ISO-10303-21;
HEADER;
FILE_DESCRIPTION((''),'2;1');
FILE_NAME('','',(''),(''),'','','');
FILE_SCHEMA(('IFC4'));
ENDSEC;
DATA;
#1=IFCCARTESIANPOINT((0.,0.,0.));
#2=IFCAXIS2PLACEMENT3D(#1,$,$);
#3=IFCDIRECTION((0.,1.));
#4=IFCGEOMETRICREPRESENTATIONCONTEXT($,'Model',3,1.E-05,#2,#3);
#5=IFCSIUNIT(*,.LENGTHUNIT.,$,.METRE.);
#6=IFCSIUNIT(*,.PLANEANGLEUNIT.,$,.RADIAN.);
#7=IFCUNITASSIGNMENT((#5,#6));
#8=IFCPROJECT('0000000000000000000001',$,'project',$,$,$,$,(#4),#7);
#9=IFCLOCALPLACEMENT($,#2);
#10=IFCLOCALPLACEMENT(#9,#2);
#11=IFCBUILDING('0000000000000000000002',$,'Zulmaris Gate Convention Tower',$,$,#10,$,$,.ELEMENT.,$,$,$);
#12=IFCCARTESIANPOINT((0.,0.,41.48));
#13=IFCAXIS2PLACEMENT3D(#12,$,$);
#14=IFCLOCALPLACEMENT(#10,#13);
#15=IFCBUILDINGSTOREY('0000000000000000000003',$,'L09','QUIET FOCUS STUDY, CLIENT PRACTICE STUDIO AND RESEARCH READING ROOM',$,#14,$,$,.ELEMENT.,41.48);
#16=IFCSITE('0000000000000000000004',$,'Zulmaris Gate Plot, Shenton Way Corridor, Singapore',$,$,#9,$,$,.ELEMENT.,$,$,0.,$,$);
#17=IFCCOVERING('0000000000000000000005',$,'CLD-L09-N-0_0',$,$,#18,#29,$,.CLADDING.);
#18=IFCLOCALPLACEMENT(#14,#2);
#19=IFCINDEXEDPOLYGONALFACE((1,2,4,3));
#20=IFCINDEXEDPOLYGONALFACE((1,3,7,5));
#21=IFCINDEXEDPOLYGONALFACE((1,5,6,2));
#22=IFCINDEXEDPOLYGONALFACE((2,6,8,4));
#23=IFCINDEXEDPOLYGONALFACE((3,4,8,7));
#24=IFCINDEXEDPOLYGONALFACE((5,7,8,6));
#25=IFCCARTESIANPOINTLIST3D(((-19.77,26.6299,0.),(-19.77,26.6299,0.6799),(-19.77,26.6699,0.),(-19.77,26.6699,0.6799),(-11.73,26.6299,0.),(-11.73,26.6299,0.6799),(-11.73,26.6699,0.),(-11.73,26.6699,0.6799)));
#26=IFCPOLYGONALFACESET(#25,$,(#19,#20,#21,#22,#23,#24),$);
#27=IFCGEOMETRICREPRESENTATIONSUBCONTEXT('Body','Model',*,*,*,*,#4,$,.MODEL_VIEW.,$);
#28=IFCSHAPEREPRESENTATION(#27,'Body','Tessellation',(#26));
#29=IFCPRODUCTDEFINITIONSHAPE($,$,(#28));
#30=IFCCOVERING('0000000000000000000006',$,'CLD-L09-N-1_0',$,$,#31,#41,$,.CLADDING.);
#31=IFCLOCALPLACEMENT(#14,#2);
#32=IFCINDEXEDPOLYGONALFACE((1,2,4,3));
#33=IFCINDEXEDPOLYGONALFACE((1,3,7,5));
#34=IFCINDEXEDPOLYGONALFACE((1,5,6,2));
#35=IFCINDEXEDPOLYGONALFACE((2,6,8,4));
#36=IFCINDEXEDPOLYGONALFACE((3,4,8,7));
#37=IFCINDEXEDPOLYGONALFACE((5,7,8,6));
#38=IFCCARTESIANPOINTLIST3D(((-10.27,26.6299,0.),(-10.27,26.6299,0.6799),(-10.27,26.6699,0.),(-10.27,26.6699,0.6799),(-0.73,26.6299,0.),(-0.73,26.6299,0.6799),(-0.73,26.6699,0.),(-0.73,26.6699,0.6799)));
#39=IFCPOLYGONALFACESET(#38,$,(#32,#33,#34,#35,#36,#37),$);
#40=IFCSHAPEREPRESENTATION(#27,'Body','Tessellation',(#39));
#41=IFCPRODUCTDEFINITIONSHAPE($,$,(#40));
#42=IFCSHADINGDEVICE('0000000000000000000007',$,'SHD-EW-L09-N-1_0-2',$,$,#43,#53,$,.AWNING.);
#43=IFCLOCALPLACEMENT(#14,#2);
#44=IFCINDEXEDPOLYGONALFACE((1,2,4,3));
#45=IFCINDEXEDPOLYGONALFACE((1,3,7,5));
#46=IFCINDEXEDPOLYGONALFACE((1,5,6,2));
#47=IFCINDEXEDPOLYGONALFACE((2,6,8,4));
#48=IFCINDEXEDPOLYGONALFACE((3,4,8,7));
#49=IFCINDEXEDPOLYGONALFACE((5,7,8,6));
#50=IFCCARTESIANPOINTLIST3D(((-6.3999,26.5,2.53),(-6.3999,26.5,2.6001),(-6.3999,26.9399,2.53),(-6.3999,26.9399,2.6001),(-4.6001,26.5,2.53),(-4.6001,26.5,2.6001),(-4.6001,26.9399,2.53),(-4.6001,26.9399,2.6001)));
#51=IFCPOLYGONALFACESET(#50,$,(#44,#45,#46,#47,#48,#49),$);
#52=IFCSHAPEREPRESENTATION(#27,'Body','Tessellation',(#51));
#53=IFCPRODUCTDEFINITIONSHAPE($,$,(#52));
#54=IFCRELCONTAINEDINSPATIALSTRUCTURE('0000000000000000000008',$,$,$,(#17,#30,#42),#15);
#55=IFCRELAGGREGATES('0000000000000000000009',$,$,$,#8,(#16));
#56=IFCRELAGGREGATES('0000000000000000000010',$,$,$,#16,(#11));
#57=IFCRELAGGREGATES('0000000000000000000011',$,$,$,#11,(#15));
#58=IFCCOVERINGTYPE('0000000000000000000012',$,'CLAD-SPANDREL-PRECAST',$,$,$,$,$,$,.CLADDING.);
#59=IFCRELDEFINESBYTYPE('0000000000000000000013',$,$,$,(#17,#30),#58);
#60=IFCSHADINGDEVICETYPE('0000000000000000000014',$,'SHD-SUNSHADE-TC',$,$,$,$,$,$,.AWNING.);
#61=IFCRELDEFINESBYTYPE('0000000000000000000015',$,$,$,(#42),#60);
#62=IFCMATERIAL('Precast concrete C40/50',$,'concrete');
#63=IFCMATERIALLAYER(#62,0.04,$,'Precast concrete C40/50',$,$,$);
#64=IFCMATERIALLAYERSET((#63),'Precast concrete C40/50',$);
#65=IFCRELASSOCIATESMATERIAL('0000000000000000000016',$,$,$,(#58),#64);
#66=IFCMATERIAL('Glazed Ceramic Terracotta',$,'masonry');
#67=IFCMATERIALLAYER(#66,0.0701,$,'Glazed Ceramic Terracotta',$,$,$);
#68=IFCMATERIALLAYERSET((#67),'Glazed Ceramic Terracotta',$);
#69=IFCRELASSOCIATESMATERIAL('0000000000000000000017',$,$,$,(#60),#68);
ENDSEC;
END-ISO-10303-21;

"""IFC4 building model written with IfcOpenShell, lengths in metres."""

from ifc_helpers import new_model, si_unit, direction, frame, frame_2d, origin, place, context, subcontext, project, spatial, rectangle, extrude, material, layer, layer_set, type_object, element, save


model = new_model("IFC4")

# Units and contexts
model_context = context("Model", 3, precision=1e-05, world=origin(), true_north=direction((0.0, 1.0)))
body_context = subcontext(model_context, "Body", "Model", "MODEL_VIEW")
ifc_project = project(units=[si_unit("LENGTHUNIT", "METRE"), si_unit("PLANEANGLEUNIT", "RADIAN")], contexts=[model_context])

# Site, building, storey
site_placement = place(None, origin())
site = spatial("IfcSite", under=ifc_project, at=site_placement, Name="Zulmaris Gate Plot, Shenton Way Corridor, Singapore", CompositionType="ELEMENT", RefElevation=0.0)
building_placement = place(site_placement, origin())
building = spatial("IfcBuilding", under=site, at=building_placement, Name="Zulmaris Gate Convention Tower", CompositionType="ELEMENT")
storey_placement = place(building_placement, frame((0.0, 0.0, 41.48)))
storey = spatial("IfcBuildingStorey", under=building, at=storey_placement, Name="L09", Description="QUIET FOCUS STUDY, CLIENT PRACTICE STUDIO AND RESEARCH READING ROOM", CompositionType="ELEMENT", Elevation=41.48)

# Shared definitions
ifc_material_1 = material(Name="Precast concrete C40/50", Category="concrete")

# Coverings
ifc_layer_1 = layer(ifc_material_1, 0.04, Name="Precast concrete C40/50")
ifc_layer_set_1 = layer_set([ifc_layer_1], Name="Precast concrete C40/50")
covering_type = type_object("IfcCoveringType", Name="CLAD-SPANDREL-PRECAST", PredefinedType="CLADDING", material=ifc_layer_set_1)
covering_1_placement = place(storey_placement, frame((-11.73, 26.6499, 0.0), z_axis=(0.0, 0.0, 1.0), x_axis=(-1.0, 0.0, 0.0)))
element("IfcCovering", 1, at=covering_1_placement, inside=storey, type_object=covering_type, Name="CLD-L09-N-0_0", PredefinedType="CLADDING", context=body_context, shape_type="SweptSolid", body=[
    extrude(rectangle(XDim=8.04, YDim=0.04, at=frame_2d((4.02, 0.0))), origin(), (0.0, 0.0, 1.0), 0.6799),
])
covering_2_placement = place(storey_placement, frame((-0.73, 26.6499, 0.0), z_axis=(0.0, 0.0, 1.0), x_axis=(-1.0, 0.0, 0.0)))
element("IfcCovering", 2, at=covering_2_placement, inside=storey, type_object=covering_type, Name="CLD-L09-N-1_0", PredefinedType="CLADDING", context=body_context, shape_type="SweptSolid", body=[
    extrude(rectangle(XDim=9.54, YDim=0.04, at=frame_2d((4.77, 0.0))), origin(), (0.0, 0.0, 1.0), 0.6799),
])

# Shading device
ifc_material_2 = material(Name="Glazed Ceramic Terracotta", Category="masonry")
ifc_layer_2 = layer(ifc_material_2, 0.0701, Name="Glazed Ceramic Terracotta")
ifc_layer_set_2 = layer_set([ifc_layer_2], Name="Glazed Ceramic Terracotta")
shading_device_type = type_object("IfcShadingDeviceType", Name="SHD-SUNSHADE-TC", PredefinedType="AWNING", material=ifc_layer_set_2)
shading_device_placement = place(storey_placement, frame((-4.6001, 26.72, 2.53), z_axis=(0.0, 0.0, 1.0), x_axis=(-1.0, 0.0, 0.0)))
element("IfcShadingDevice", 3, at=shading_device_placement, inside=storey, type_object=shading_device_type, Name="SHD-EW-L09-N-1_0-2", PredefinedType="AWNING", context=body_context, shape_type="SweptSolid", body=[
    extrude(rectangle(XDim=1.7998, YDim=0.4399, at=frame_2d((0.8999, 0.0))), origin(), (0.0, 0.0, 1.0), 0.0701),
])

save(model, "model.ifc")
